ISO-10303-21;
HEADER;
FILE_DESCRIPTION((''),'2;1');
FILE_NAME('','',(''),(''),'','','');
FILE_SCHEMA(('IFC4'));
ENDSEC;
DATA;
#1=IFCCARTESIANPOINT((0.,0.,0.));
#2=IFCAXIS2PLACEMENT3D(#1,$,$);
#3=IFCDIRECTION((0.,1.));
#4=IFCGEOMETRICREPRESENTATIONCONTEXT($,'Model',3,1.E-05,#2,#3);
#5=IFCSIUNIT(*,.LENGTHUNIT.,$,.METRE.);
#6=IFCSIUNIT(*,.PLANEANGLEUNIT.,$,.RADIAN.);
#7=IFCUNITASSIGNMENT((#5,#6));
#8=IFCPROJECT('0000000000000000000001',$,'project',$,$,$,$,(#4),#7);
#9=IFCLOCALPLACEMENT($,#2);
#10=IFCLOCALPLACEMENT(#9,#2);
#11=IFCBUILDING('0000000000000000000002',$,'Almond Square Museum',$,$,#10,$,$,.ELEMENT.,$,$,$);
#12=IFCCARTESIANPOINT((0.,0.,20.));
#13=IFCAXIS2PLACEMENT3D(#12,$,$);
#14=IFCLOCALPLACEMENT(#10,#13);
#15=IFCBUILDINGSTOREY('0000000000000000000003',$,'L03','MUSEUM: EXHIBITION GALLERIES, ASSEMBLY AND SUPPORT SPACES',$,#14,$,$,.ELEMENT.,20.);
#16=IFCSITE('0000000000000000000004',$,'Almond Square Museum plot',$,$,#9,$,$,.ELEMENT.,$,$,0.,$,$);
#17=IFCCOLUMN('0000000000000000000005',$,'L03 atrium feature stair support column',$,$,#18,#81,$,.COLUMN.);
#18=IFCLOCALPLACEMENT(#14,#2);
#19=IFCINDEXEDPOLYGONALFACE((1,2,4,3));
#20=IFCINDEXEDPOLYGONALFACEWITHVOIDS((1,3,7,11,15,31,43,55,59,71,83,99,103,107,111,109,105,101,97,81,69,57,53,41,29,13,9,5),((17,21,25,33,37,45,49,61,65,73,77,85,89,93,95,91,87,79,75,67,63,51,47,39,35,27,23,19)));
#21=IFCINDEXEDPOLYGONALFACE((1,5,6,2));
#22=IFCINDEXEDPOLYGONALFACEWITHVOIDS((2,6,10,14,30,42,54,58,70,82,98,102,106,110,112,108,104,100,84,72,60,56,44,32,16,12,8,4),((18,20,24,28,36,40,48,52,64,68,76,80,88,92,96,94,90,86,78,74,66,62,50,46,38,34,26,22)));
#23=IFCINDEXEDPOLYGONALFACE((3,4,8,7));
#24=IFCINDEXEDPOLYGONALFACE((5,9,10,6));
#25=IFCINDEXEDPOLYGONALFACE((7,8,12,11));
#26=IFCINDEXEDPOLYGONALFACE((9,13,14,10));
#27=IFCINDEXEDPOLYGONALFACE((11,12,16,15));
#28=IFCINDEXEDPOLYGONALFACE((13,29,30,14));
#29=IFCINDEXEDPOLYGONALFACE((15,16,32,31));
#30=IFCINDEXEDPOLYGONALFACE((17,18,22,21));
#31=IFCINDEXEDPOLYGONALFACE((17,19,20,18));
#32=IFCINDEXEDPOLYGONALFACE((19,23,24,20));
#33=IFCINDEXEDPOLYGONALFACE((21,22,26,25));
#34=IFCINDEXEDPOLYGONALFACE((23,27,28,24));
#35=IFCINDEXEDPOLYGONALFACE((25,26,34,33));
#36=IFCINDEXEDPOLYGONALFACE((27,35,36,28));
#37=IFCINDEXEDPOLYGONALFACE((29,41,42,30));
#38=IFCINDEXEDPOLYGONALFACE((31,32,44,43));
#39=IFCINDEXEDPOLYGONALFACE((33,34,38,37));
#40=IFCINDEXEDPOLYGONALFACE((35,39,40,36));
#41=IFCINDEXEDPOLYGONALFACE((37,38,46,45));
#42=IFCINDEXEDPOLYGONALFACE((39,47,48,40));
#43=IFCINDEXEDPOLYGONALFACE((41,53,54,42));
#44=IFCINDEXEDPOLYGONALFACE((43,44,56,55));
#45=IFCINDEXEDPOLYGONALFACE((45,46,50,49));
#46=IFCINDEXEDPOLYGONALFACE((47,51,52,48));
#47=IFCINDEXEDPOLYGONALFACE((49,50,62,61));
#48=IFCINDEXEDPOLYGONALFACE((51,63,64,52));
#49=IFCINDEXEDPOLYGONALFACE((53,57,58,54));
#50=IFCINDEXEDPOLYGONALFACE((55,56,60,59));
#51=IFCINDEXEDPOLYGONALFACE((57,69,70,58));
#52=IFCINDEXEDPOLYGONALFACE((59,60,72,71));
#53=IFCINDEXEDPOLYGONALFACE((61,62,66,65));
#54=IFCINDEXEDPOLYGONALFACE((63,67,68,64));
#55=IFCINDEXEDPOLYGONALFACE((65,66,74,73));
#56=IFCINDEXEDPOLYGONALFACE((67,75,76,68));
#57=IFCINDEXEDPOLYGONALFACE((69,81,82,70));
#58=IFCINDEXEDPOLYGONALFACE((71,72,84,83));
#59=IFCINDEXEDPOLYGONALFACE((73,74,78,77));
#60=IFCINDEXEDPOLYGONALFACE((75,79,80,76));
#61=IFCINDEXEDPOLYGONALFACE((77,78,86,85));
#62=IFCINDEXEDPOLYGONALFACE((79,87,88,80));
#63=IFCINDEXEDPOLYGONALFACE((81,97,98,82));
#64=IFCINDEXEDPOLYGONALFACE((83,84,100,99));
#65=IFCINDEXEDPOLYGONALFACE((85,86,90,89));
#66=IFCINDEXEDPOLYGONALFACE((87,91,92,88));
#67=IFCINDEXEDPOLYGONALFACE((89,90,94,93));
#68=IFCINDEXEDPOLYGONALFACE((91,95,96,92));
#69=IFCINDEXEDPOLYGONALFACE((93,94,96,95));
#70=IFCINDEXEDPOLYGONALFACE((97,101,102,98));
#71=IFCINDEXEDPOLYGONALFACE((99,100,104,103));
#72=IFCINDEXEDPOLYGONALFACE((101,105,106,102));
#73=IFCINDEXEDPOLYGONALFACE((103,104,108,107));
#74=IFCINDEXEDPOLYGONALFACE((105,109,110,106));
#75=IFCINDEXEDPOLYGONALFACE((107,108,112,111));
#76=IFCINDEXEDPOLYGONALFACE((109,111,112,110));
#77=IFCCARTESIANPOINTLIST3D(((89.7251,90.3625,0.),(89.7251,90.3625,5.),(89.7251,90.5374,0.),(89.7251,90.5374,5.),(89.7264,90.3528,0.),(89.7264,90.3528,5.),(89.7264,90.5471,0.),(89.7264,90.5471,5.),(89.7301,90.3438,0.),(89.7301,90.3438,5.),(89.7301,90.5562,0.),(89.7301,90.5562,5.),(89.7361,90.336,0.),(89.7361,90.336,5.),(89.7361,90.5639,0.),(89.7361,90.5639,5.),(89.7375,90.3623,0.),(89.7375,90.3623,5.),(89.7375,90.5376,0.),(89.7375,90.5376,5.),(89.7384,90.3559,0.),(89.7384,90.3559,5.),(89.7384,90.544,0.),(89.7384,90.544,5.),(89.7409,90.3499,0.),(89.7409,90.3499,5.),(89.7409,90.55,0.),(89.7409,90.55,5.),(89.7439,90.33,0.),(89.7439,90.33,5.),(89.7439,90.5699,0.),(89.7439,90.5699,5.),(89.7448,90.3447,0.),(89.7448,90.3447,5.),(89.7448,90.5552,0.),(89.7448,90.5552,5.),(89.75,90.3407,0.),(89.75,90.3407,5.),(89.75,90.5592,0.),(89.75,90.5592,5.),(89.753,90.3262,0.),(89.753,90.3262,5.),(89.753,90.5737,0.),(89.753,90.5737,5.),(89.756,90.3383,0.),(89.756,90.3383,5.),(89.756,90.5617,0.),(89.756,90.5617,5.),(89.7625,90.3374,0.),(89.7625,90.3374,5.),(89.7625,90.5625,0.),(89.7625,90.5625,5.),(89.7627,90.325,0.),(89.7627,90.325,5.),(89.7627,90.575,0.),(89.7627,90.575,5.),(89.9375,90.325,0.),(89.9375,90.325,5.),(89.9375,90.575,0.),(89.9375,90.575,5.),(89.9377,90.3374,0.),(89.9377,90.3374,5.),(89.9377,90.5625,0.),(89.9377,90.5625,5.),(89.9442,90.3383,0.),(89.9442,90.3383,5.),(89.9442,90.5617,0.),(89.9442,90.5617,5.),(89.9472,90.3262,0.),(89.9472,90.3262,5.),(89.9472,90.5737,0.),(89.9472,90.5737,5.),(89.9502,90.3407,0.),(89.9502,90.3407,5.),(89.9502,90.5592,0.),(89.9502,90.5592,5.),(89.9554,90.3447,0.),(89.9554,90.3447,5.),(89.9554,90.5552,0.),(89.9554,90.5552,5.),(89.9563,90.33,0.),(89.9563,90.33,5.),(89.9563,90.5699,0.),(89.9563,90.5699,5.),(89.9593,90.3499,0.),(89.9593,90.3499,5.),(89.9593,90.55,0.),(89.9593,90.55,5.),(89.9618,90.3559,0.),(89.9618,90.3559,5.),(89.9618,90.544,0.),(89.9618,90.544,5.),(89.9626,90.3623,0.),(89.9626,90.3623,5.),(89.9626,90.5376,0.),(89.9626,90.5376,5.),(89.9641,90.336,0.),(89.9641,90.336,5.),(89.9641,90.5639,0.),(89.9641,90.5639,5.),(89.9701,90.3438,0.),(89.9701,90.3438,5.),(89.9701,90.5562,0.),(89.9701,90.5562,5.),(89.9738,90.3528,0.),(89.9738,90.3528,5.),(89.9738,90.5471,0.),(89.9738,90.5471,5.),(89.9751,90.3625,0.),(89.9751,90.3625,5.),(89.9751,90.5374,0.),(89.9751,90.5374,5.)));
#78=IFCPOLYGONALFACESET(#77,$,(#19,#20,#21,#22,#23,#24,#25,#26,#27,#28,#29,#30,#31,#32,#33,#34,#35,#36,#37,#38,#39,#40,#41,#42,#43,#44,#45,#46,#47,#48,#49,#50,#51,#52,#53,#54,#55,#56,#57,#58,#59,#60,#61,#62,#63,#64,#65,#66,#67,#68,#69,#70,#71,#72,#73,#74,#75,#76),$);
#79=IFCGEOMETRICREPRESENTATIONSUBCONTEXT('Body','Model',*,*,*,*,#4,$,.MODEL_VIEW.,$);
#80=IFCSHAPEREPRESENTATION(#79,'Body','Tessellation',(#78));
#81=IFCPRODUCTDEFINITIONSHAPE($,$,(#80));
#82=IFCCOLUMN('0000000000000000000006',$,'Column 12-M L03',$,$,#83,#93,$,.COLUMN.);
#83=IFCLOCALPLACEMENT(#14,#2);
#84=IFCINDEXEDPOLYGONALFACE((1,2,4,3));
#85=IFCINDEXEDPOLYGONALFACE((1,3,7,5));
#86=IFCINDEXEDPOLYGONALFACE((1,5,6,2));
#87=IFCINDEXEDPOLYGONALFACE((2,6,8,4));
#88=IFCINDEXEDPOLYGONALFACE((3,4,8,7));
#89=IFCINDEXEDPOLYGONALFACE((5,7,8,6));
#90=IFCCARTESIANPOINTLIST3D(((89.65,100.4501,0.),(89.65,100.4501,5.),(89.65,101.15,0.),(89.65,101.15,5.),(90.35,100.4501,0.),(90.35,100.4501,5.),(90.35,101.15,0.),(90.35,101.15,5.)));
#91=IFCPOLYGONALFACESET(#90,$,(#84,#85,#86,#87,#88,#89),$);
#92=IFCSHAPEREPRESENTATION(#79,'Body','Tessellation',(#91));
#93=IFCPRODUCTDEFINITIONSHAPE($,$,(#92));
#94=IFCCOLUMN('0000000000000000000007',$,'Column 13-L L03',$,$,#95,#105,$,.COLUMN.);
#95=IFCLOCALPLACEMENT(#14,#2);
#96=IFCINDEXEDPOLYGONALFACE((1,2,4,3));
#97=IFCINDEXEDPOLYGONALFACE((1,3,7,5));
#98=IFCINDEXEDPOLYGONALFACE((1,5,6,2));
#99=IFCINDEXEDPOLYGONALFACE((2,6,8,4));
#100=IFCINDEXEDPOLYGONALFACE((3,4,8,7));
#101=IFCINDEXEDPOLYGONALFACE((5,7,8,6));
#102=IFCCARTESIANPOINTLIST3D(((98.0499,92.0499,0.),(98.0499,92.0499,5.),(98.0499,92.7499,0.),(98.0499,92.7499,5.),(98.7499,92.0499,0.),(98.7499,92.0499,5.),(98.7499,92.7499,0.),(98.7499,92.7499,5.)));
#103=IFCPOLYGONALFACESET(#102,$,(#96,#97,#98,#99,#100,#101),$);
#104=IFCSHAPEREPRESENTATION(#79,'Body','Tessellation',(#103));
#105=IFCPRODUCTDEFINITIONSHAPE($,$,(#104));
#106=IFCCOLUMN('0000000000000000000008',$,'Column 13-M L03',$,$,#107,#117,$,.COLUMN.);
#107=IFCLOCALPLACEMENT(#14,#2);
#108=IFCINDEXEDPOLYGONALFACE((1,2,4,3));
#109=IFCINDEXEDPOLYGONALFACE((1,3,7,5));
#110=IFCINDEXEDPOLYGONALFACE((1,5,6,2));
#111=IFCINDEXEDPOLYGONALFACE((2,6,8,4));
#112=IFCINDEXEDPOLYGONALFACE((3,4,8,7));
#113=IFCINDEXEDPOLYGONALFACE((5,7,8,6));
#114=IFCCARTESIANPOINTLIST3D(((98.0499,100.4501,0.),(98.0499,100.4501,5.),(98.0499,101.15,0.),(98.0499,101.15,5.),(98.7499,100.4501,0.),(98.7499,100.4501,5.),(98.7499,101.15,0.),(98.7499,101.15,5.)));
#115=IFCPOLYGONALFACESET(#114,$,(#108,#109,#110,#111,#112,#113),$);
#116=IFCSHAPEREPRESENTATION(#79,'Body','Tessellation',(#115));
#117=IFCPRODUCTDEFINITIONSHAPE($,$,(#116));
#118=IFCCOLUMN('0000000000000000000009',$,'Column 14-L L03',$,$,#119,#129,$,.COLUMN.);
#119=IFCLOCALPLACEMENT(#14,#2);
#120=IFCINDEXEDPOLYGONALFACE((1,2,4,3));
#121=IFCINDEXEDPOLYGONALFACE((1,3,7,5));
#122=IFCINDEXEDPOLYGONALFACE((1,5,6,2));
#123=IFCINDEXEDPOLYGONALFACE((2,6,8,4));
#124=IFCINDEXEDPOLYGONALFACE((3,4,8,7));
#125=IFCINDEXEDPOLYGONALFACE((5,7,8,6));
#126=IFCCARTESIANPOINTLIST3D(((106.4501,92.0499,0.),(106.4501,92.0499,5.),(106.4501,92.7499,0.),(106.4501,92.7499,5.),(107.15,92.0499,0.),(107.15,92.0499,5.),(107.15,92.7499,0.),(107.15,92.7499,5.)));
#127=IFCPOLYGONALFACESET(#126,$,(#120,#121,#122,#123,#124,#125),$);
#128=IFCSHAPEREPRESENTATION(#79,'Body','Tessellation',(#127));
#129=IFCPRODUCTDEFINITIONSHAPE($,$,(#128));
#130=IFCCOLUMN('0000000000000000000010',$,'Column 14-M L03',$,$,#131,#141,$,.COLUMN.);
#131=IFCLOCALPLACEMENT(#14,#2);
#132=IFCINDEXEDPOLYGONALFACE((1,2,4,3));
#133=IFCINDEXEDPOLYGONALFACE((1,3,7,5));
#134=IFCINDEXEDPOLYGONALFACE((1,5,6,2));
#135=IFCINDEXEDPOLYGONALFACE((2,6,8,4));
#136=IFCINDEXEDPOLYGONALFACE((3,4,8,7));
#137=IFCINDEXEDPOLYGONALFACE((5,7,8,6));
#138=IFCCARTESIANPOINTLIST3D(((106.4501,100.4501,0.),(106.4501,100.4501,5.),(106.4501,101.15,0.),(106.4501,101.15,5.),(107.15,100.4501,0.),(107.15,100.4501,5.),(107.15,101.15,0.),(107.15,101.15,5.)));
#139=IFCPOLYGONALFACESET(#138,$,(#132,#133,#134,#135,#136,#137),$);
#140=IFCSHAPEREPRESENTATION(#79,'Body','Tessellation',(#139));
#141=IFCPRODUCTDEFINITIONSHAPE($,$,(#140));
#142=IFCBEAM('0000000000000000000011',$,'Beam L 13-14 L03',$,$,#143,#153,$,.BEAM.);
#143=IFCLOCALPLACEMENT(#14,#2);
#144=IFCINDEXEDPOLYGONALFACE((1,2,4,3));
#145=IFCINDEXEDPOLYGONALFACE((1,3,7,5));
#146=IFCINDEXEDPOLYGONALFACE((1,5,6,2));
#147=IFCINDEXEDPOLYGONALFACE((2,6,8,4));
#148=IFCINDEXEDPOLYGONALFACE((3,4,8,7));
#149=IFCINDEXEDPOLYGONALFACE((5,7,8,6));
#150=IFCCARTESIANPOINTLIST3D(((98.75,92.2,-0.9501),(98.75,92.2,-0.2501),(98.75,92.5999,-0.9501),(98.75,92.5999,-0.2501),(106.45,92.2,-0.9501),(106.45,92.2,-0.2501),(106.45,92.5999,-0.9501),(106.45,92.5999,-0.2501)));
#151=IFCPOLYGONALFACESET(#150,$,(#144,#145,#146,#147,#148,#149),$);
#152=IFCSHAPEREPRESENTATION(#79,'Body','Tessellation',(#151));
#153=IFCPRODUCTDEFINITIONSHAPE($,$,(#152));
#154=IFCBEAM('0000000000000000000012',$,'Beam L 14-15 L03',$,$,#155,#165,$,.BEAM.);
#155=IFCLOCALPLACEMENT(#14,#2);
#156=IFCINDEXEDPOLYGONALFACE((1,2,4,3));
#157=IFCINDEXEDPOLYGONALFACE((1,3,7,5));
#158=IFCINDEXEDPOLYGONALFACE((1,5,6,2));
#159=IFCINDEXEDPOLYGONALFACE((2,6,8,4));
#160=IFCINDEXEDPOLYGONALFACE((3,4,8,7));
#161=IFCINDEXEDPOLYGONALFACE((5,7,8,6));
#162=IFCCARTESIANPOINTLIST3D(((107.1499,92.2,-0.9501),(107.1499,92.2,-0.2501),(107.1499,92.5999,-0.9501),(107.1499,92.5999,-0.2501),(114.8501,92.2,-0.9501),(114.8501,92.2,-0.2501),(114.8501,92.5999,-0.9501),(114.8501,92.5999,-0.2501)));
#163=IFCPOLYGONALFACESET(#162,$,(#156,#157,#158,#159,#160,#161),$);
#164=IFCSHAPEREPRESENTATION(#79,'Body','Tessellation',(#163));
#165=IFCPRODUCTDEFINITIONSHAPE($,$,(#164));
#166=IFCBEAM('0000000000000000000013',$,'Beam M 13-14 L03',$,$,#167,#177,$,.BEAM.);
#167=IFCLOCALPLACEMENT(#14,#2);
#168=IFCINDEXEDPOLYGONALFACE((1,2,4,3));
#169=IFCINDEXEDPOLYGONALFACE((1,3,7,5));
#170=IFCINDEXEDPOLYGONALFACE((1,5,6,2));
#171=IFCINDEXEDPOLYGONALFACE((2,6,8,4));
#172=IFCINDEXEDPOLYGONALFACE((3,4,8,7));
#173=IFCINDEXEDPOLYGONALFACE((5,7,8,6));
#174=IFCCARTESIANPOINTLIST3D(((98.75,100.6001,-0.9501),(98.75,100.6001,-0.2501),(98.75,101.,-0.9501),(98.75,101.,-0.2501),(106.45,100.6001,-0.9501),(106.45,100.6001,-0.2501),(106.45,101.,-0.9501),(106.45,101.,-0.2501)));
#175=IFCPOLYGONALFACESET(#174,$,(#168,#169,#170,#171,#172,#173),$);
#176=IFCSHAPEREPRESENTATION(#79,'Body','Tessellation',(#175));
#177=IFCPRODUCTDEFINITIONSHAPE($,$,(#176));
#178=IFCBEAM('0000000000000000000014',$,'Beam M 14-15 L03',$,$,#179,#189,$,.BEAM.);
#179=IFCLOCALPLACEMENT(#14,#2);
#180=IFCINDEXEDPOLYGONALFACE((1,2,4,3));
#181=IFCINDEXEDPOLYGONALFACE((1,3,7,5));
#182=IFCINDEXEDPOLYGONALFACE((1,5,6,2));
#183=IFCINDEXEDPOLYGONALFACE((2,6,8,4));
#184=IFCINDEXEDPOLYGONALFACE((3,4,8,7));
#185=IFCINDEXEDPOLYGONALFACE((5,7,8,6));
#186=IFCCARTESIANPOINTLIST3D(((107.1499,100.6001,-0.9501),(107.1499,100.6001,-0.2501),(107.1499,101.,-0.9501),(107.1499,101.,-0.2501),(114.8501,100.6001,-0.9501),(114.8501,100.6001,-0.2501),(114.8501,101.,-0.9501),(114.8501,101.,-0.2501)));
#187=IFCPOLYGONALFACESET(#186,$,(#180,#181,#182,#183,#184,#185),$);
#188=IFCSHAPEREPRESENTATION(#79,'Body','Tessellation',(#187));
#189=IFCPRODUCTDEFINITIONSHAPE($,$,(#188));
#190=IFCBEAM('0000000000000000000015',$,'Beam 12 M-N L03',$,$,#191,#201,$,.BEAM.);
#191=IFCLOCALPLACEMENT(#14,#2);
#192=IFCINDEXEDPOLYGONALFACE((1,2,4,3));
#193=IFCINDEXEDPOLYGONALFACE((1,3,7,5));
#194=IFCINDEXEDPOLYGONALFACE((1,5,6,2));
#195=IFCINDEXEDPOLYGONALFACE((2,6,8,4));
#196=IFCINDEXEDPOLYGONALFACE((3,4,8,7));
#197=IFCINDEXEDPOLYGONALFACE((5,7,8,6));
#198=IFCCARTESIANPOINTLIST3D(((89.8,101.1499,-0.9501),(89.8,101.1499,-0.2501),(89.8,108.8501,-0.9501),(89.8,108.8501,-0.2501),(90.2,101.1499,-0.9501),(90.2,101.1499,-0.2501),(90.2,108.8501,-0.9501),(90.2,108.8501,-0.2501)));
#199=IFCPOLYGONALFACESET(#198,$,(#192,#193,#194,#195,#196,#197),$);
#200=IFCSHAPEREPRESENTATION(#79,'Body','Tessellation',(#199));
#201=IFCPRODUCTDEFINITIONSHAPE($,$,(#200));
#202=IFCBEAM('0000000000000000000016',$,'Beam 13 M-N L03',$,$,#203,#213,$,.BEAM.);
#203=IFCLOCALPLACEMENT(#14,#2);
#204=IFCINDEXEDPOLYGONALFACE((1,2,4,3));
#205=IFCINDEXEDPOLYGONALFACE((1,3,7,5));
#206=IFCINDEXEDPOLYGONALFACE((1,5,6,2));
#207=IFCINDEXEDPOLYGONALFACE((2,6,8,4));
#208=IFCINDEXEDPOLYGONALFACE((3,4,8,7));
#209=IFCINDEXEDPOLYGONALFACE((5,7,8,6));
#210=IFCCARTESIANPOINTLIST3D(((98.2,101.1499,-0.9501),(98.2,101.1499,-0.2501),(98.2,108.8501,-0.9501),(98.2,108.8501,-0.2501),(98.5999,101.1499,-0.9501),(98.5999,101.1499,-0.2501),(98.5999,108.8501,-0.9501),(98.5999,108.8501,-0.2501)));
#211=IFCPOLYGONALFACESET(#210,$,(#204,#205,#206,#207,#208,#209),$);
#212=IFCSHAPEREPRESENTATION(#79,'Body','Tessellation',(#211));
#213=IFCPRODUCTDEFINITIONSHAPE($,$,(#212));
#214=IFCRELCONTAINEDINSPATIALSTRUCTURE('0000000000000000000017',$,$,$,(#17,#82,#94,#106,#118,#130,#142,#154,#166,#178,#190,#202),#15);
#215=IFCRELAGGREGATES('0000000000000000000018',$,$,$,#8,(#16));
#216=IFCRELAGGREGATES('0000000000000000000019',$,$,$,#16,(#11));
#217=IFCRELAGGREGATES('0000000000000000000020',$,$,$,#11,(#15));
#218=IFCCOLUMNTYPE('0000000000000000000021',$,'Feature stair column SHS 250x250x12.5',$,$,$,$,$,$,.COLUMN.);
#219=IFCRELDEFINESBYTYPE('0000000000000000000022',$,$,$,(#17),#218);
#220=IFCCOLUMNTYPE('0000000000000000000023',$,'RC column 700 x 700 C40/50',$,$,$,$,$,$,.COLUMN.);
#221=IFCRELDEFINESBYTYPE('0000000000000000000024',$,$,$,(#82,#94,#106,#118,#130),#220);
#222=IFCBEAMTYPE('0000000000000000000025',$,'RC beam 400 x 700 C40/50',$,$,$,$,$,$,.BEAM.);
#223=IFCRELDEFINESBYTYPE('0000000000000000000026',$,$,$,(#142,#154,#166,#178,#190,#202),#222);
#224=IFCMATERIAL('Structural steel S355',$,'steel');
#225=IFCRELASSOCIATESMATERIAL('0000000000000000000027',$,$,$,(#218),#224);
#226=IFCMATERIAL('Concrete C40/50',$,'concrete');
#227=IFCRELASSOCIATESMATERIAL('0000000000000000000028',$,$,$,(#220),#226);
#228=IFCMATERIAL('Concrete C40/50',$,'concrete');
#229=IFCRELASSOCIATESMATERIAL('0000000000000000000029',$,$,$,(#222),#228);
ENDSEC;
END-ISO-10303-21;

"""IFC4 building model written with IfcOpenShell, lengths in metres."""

from ifc_helpers import new_model, si_unit, direction, frame, origin, origin_2d, place, context, subcontext, project, spatial, rectangle, hollow_rectangle, extrude, material, material_profile, profile_set, type_object, element, save


model = new_model("IFC4")

# Units and contexts
model_context = context("Model", 3, precision=1e-05, world=origin(), true_north=direction((0.0, 1.0)))
body_context = subcontext(model_context, "Body", "Model", "MODEL_VIEW")
ifc_project = project(units=[si_unit("LENGTHUNIT", "METRE"), si_unit("PLANEANGLEUNIT", "RADIAN")], contexts=[model_context])

# Site, building, storey
site_placement = place(None, origin())
site = spatial("IfcSite", under=ifc_project, at=site_placement, Name="Almond Square Museum plot", CompositionType="ELEMENT", RefElevation=0.0)
building_placement = place(site_placement, origin())
building = spatial("IfcBuilding", under=site, at=building_placement, Name="Almond Square Museum", CompositionType="ELEMENT")
storey_placement = place(building_placement, frame((0.0, 0.0, 20.0)))
storey = spatial("IfcBuildingStorey", under=building, at=storey_placement, Name="L03", Description="MUSEUM: EXHIBITION GALLERIES, ASSEMBLY AND SUPPORT SPACES", CompositionType="ELEMENT", Elevation=20.0)

# Columns
ifc_material_1 = material(Name="Structural steel S355", Category="steel")
ifc_material_profile_1 = material_profile(ifc_material_1, hollow_rectangle(XDim=0.25, YDim=0.25, WallThickness=0.0125, InnerFilletRadius=0.0249, OuterFilletRadius=0.0376, at=origin_2d()))
ifc_profile_set_1 = profile_set([ifc_material_profile_1], Name="Structural steel S355")
column_type_1 = type_object("IfcColumnType", Name="Feature stair column SHS 250x250x12.5", PredefinedType="COLUMN", material=ifc_profile_set_1)
column_placement = place(storey_placement, frame((89.8501, 90.45, 0.0), z_axis=(0.0, 0.0, 1.0), x_axis=(1.0, 0.0, 0.0)))
element("IfcColumn", 1, at=column_placement, inside=storey, type_object=column_type_1, Name="L03 atrium feature stair support column", PredefinedType="COLUMN", context=body_context, shape_type="SweptSolid", body=[
    extrude(hollow_rectangle(XDim=0.25, YDim=0.25, WallThickness=0.0125, InnerFilletRadius=0.0249, OuterFilletRadius=0.0376, at=origin_2d()), origin(), (0.0, 0.0, 1.0), 5.0),
])
ifc_material_2 = material(Name="Concrete C40/50", Category="concrete")
ifc_material_profile_2 = material_profile(ifc_material_2, rectangle(XDim=0.7, YDim=0.7, at=origin_2d()))
ifc_profile_set_2 = profile_set([ifc_material_profile_2], Name="Concrete C40/50")
column_type_2 = type_object("IfcColumnType", Name="RC column 700 x 700 C40/50", PredefinedType="COLUMN", material=ifc_profile_set_2)
for number, where, z_axis, x_axis, name in (
    (2, (90.0, 100.8, 0.0), (0.0, 0.0, 1.0), (1.0, 0.0, 0.0), "Column 12-M L03"),
    (3, (98.3999, 92.3999, 0.0), (0.0, 0.0, 1.0), (1.0, 0.0, 0.0), "Column 13-L L03"),
    (4, (98.3999, 100.8, 0.0), (0.0, 0.0, 1.0), (1.0, 0.0, 0.0), "Column 13-M L03"),
    (5, (106.8, 92.3999, 0.0), (0.0, 0.0, 1.0), (1.0, 0.0, 0.0), "Column 14-L L03"),
    (6, (106.8, 100.8, 0.0), (0.0, 0.0, 1.0), (1.0, 0.0, 0.0), "Column 14-M L03"),
):
    element("IfcColumn", number, at=place(storey_placement, frame(where, z_axis=z_axis, x_axis=x_axis)), inside=storey, type_object=column_type_2, Name=name, PredefinedType="COLUMN", context=body_context, shape_type="SweptSolid", body=[
        extrude(rectangle(XDim=0.7, YDim=0.7, at=origin_2d()), origin(), (0.0, 0.0, 1.0), 5.0),
    ])

# Beams
ifc_material_3 = material(Name="Concrete C40/50", Category="concrete")
ifc_material_profile_3 = material_profile(ifc_material_3, rectangle(XDim=0.3999, YDim=0.7, at=origin_2d()))
ifc_profile_set_3 = profile_set([ifc_material_profile_3], Name="Concrete C40/50")
beam_type_1 = type_object("IfcBeamType", Name="RC beam 400 x 700 C40/50", PredefinedType="BEAM", material=ifc_profile_set_3)
beam_1_placement = place(storey_placement, frame((98.75, 92.3999, -0.6001), z_axis=(1.0, 0.0, 0.0), x_axis=(0.0, 1.0, 0.0)))
element("IfcBeam", 7, at=beam_1_placement, inside=storey, type_object=beam_type_1, Name="Beam L 13-14 L03", PredefinedType="BEAM", context=body_context, shape_type="SweptSolid", body=[
    extrude(rectangle(XDim=0.3999, YDim=0.7, at=origin_2d()), origin(), (0.0, 0.0, 1.0), 7.7),
])
beam_2_placement = place(storey_placement, frame((107.1499, 92.3999, -0.6001), z_axis=(1.0, 0.0, 0.0), x_axis=(0.0, 1.0, 0.0)))
element("IfcBeam", 8, at=beam_2_placement, inside=storey, type_object=beam_type_1, Name="Beam L 14-15 L03", PredefinedType="BEAM", context=body_context, shape_type="SweptSolid", body=[
    extrude(rectangle(XDim=0.3999, YDim=0.7, at=origin_2d()), origin(), (0.0, 0.0, 1.0), 7.7002),
])
beam_3_placement = place(storey_placement, frame((98.75, 100.8, -0.6001), z_axis=(1.0, 0.0, 0.0), x_axis=(0.0, 1.0, 0.0)))
element("IfcBeam", 9, at=beam_3_placement, inside=storey, type_object=beam_type_1, Name="Beam M 13-14 L03", PredefinedType="BEAM", context=body_context, shape_type="SweptSolid", body=[
    extrude(rectangle(XDim=0.3999, YDim=0.7, at=origin_2d()), origin(), (0.0, 0.0, 1.0), 7.7),
])
for number, where, z_axis, x_axis, name in (
    (10, (107.1499, 100.8, -0.6001), (1.0, 0.0, 0.0), (0.0, 1.0, 0.0), "Beam M 14-15 L03"),
    (11, (90.0, 101.1499, -0.6001), (0.0, 1.0, 0.0), (-1.0, 0.0, 0.0), "Beam 12 M-N L03"),
    (12, (98.3999, 101.1499, -0.6001), (0.0, 1.0, 0.0), (-1.0, 0.0, 0.0), "Beam 13 M-N L03"),
):
    element("IfcBeam", number, at=place(storey_placement, frame(where, z_axis=z_axis, x_axis=x_axis)), inside=storey, type_object=beam_type_1, Name=name, PredefinedType="BEAM", context=body_context, shape_type="SweptSolid", body=[
        extrude(rectangle(XDim=0.3999, YDim=0.7, at=origin_2d()), origin(), (0.0, 0.0, 1.0), 7.7002),
    ])

save(model, "model.ifc")
